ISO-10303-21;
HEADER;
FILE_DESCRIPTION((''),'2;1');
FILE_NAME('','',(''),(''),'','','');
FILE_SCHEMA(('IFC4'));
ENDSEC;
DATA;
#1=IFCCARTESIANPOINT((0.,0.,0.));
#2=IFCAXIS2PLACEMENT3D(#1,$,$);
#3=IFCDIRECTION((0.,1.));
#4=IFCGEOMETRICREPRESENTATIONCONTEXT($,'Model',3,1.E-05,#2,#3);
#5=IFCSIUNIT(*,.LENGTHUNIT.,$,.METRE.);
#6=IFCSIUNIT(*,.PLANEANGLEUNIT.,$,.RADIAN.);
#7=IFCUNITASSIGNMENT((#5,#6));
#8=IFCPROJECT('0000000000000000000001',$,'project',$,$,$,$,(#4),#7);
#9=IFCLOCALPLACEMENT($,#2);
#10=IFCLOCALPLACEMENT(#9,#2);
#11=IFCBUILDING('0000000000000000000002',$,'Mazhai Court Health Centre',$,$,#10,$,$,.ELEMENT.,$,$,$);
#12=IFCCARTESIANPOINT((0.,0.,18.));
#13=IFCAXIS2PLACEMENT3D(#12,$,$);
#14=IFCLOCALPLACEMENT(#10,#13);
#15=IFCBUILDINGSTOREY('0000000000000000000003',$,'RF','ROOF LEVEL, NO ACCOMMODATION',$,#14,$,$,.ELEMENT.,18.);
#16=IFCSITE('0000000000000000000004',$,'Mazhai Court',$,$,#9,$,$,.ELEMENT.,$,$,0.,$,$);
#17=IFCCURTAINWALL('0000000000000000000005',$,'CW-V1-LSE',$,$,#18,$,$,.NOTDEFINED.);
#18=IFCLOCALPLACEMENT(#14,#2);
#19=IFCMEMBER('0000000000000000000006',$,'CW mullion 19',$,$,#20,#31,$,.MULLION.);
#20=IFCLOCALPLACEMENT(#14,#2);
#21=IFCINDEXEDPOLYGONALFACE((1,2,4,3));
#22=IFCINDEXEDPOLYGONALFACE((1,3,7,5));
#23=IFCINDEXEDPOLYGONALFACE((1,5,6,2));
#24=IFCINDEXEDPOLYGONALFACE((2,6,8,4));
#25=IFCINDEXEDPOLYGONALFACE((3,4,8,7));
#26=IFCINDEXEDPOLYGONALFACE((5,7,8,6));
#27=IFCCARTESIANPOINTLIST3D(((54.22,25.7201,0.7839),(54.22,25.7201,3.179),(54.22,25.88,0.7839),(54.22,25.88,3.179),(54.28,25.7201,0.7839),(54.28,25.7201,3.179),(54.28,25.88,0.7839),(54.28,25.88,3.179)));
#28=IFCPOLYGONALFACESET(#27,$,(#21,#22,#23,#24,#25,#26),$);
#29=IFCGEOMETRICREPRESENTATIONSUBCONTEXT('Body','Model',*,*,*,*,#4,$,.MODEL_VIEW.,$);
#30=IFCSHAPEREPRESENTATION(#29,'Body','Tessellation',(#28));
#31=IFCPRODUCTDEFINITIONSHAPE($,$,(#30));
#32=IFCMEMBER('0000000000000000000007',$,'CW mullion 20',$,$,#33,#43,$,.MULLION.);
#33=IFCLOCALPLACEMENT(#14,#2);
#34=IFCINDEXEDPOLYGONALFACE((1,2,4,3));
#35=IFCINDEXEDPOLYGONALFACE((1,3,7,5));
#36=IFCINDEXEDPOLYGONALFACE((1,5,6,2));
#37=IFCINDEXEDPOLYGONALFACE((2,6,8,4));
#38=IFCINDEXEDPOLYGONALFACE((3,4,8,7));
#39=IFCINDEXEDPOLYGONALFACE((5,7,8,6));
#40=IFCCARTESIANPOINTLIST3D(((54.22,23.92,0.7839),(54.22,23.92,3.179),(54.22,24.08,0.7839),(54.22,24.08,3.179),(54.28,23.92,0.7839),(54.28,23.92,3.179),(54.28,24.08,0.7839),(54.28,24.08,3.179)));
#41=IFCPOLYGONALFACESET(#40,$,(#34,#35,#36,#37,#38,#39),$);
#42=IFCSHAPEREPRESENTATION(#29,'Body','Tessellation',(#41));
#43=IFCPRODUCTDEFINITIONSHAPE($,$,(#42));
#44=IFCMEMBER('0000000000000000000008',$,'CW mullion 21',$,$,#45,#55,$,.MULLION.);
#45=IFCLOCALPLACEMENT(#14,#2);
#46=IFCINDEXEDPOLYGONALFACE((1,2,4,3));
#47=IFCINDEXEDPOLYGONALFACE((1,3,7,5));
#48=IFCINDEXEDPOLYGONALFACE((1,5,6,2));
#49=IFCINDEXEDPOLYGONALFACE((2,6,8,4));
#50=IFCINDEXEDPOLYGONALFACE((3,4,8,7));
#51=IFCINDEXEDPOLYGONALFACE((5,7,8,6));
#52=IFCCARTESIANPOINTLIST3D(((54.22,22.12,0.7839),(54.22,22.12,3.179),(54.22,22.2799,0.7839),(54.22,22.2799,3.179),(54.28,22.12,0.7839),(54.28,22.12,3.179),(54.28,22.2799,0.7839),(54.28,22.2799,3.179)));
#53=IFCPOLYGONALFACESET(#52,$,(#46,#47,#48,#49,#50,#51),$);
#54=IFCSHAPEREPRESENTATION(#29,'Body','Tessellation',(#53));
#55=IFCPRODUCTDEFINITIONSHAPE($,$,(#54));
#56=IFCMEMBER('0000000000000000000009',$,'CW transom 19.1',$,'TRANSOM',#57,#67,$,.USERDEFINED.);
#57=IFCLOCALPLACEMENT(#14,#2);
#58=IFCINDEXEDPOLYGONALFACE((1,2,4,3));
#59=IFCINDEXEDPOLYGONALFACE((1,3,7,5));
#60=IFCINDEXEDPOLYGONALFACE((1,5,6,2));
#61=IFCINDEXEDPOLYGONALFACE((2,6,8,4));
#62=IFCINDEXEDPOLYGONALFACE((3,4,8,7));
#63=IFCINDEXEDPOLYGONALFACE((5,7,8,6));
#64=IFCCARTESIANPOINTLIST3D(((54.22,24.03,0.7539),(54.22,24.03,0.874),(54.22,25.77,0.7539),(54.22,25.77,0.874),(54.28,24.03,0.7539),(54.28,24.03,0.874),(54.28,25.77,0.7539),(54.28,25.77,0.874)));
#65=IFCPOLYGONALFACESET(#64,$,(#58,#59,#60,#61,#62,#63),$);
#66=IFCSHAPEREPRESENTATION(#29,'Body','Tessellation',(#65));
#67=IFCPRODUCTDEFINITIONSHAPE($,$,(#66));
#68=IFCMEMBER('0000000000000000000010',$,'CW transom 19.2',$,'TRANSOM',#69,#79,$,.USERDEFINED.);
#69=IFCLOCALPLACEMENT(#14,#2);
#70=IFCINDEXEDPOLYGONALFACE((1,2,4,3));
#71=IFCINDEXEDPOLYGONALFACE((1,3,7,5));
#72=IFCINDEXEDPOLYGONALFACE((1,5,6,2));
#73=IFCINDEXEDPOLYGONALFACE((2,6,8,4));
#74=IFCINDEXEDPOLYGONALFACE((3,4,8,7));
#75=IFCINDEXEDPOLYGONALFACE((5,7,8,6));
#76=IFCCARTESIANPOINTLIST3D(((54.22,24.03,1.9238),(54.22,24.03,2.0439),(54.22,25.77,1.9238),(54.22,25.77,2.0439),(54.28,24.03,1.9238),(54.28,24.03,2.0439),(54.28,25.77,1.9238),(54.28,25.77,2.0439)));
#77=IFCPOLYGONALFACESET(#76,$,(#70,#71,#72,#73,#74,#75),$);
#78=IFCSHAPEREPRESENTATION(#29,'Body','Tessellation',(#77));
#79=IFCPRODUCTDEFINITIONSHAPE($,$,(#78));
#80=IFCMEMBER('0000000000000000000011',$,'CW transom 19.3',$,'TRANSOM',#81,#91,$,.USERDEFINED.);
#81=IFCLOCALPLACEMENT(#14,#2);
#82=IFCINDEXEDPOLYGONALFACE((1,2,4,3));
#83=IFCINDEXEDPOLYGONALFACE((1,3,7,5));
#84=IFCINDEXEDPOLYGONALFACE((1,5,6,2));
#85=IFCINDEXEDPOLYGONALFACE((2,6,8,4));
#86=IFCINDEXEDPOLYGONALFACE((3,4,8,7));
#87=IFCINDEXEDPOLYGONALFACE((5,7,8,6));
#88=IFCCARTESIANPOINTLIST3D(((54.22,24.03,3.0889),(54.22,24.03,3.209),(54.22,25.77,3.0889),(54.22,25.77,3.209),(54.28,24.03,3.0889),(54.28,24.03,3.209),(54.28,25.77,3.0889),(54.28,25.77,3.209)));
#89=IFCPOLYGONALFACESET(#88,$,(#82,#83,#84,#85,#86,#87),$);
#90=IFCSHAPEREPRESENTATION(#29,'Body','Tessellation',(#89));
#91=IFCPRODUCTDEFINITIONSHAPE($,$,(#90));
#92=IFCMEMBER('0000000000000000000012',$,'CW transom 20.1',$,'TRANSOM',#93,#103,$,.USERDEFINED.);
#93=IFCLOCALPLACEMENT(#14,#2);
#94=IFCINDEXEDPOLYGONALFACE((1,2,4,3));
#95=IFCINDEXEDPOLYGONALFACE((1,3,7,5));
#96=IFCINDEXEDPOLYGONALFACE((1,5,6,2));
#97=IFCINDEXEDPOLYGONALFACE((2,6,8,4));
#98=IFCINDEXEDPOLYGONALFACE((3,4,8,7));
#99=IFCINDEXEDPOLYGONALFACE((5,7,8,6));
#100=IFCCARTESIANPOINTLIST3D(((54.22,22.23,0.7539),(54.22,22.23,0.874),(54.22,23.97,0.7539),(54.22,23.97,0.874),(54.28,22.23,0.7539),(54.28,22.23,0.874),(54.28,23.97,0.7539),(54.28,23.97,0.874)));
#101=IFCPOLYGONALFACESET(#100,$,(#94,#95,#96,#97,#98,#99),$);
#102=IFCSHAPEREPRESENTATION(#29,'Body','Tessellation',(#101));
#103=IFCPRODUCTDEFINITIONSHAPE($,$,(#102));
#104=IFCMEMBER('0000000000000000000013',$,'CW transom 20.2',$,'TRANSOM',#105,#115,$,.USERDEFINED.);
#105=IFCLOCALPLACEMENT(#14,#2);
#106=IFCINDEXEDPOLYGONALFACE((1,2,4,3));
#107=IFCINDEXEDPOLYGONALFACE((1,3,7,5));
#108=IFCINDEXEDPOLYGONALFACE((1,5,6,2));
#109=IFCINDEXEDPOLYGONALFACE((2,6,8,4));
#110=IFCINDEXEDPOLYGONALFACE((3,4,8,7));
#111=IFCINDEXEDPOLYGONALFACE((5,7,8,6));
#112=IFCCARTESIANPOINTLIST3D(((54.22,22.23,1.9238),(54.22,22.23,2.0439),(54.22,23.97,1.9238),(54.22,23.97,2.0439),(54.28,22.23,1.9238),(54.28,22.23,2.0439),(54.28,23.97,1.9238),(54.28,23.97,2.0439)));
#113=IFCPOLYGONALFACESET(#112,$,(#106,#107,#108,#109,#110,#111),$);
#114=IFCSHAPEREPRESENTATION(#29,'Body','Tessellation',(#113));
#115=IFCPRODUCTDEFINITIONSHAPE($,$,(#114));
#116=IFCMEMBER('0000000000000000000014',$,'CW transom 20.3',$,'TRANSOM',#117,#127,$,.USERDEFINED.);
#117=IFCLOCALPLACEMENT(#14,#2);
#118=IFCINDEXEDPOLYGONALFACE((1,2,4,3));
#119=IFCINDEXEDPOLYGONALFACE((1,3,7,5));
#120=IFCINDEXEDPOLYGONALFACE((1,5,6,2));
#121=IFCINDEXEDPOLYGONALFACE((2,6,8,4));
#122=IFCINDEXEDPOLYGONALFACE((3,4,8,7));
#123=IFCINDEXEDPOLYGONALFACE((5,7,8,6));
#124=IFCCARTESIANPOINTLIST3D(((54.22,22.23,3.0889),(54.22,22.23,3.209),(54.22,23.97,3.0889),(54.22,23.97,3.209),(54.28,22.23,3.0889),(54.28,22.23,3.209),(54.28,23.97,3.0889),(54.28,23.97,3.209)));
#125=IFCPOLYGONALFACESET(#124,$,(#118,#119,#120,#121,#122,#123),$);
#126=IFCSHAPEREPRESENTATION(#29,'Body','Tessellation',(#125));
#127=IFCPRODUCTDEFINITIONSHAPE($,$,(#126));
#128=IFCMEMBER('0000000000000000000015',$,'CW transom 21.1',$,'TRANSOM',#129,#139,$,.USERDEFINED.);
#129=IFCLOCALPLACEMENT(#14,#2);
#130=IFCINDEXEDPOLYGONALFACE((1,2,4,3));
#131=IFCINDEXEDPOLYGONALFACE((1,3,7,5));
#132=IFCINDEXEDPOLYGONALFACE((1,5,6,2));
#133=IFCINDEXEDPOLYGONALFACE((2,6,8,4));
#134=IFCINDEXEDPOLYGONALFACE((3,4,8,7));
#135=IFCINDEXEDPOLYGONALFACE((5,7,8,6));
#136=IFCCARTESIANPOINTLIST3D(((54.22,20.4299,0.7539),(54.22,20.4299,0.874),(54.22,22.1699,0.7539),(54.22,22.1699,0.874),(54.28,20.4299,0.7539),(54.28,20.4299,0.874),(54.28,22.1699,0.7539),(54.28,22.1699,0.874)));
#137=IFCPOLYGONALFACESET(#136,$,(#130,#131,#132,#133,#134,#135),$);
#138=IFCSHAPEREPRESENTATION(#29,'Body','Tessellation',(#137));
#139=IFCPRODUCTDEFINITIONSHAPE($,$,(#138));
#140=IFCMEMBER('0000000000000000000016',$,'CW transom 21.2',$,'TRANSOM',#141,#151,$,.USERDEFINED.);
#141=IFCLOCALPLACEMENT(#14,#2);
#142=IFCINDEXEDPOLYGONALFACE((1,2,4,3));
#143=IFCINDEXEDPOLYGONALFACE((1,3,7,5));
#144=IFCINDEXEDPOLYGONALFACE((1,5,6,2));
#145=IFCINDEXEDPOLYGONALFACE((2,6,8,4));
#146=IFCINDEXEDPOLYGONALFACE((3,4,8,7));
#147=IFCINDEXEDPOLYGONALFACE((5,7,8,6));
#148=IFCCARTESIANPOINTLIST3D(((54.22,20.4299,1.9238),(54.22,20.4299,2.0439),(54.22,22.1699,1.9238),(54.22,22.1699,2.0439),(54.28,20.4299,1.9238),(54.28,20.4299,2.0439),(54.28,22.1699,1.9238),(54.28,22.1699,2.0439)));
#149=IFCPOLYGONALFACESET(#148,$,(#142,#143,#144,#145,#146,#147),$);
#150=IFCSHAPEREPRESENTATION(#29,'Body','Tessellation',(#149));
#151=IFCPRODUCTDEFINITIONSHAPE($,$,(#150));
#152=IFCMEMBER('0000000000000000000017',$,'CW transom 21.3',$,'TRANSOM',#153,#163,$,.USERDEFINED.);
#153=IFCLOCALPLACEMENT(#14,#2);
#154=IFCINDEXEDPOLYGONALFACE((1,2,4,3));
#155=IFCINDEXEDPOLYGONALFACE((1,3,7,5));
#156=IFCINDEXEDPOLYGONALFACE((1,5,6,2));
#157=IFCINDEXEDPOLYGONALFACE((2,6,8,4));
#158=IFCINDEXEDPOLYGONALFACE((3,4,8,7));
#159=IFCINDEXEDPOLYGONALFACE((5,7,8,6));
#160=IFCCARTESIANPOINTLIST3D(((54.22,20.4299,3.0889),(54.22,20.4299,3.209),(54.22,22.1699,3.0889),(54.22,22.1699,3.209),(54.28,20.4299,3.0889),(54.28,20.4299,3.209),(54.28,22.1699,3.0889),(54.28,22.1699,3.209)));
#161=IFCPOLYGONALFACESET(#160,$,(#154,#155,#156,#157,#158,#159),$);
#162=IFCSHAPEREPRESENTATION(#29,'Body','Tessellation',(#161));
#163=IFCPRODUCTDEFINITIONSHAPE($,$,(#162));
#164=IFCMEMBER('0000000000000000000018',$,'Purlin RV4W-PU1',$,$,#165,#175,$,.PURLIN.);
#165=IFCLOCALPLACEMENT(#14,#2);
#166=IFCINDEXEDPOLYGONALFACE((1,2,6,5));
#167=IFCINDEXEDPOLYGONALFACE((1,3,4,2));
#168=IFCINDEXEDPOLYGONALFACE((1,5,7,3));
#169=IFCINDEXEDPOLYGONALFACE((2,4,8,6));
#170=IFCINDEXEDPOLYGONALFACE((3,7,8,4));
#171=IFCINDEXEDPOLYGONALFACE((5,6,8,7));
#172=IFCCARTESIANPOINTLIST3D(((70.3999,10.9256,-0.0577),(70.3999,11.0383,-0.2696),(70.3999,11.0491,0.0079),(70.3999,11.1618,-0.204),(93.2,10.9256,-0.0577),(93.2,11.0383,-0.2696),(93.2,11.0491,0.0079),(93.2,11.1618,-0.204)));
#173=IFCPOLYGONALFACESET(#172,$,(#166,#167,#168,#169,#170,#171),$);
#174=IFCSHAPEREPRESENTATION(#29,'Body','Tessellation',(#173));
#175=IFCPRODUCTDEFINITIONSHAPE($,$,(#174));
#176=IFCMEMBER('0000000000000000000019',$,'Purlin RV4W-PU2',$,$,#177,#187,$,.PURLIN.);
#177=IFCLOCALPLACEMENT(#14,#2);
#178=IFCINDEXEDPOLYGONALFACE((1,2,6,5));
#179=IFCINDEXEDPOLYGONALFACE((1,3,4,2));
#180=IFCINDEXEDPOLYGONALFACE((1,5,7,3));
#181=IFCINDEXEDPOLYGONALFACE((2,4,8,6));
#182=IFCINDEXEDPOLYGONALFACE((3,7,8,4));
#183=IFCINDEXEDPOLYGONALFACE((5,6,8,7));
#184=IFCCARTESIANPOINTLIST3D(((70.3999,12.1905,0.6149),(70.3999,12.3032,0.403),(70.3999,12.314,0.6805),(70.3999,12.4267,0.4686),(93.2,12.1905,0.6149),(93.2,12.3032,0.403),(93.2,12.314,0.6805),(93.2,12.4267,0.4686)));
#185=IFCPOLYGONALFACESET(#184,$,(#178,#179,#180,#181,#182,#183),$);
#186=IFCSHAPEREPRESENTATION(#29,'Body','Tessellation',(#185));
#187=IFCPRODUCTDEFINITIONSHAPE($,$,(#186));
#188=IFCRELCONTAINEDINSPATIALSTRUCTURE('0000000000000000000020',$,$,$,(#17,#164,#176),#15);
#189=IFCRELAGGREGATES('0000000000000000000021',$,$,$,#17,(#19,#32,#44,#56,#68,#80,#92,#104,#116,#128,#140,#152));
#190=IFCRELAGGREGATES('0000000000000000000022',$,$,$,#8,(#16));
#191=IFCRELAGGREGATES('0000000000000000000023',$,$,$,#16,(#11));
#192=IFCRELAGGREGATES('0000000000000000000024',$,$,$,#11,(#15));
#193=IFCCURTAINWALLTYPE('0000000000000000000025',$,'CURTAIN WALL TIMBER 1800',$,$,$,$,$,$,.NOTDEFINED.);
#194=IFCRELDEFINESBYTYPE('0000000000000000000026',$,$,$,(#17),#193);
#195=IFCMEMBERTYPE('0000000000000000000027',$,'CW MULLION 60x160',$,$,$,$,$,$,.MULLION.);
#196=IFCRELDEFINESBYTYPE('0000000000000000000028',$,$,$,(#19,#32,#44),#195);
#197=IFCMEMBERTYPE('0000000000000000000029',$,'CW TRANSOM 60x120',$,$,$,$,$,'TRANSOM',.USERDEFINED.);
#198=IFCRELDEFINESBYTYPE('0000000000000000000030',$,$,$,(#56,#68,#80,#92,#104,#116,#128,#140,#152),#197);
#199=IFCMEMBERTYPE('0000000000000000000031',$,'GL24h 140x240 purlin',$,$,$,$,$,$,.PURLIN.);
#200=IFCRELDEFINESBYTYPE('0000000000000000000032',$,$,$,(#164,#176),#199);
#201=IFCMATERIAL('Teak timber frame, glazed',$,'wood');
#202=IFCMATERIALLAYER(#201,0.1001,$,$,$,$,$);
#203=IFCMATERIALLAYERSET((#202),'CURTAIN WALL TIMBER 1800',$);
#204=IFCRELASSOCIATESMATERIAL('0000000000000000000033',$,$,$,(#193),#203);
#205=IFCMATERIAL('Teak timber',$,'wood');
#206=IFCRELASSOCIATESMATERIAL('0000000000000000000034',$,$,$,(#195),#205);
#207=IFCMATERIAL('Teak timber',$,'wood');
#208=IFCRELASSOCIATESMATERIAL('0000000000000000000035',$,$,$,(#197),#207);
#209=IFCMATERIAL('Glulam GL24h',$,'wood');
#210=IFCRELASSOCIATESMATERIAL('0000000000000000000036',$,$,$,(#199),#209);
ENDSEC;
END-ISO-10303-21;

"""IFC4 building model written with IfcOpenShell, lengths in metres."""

from ifc_helpers import new_model, si_unit, direction, frame, origin, origin_2d, place, context, subcontext, project, spatial, rectangle, extrude, material, layer, layer_set, material_profile, profile_set, type_object, element, aggregate, save


model = new_model("IFC4")

# Units and contexts
model_context = context("Model", 3, precision=1e-05, world=origin(), true_north=direction((0.0, 1.0)))
body_context = subcontext(model_context, "Body", "Model", "MODEL_VIEW")
ifc_project = project(units=[si_unit("LENGTHUNIT", "METRE"), si_unit("PLANEANGLEUNIT", "RADIAN")], contexts=[model_context])

# Site, building, storey
site_placement = place(None, origin())
site = spatial("IfcSite", under=ifc_project, at=site_placement, Name="Mazhai Court", CompositionType="ELEMENT", RefElevation=0.0)
building_placement = place(site_placement, origin())
building = spatial("IfcBuilding", under=site, at=building_placement, Name="Mazhai Court Health Centre", CompositionType="ELEMENT")
storey_placement = place(building_placement, frame((0.0, 0.0, 18.0)))
storey = spatial("IfcBuildingStorey", under=building, at=storey_placement, Name="RF", Description="ROOF LEVEL, NO ACCOMMODATION", CompositionType="ELEMENT", Elevation=18.0)

# Curtain wall, members
ifc_material_1 = material(Name="Teak timber frame, glazed", Category="wood")
ifc_layer_1 = layer(ifc_material_1, 0.1001)
ifc_layer_set_1 = layer_set([ifc_layer_1], Name="CURTAIN WALL TIMBER 1800")
curtain_wall_type = type_object("IfcCurtainWallType", Name="CURTAIN WALL TIMBER 1800", PredefinedType="NOTDEFINED", material=ifc_layer_set_1)
curtain_wall_placement = place(storey_placement, origin())
curtain_wall = element("IfcCurtainWall", 1, at=curtain_wall_placement, inside=storey, type_object=curtain_wall_type, Name="CW-V1-LSE", PredefinedType="NOTDEFINED")
ifc_material_2 = material(Name="Teak timber", Category="wood")
ifc_material_profile_1 = material_profile(ifc_material_2, rectangle(XDim=0.0601, YDim=0.1599, at=origin_2d()), Name="CW MULLION 60x160")
ifc_profile_set_1 = profile_set([ifc_material_profile_1], Name="Teak timber")
member_type_1 = type_object("IfcMemberType", Name="CW MULLION 60x160", PredefinedType="MULLION", material=ifc_profile_set_1)
member_1_placement = place(storey_placement, frame((54.25, 25.8, 0.7839), z_axis=(0.0, 0.0, 1.0), x_axis=(1.0, 0.0, 0.0)))
member_1 = element("IfcMember", 2, at=member_1_placement, type_object=member_type_1, Name="CW mullion 19", PredefinedType="MULLION", context=body_context, shape_type="SweptSolid", body=[
    extrude(rectangle(XDim=0.0601, YDim=0.1599, at=origin_2d()), origin(), (0.0, 0.0, 1.0), 2.395),
])
member_2_placement = place(storey_placement, frame((54.25, 24.0, 0.7839), z_axis=(0.0, 0.0, 1.0), x_axis=(1.0, 0.0, 0.0)))
member_2 = element("IfcMember", 3, at=member_2_placement, type_object=member_type_1, Name="CW mullion 20", PredefinedType="MULLION", context=body_context, shape_type="SweptSolid", body=[
    extrude(rectangle(XDim=0.0601, YDim=0.1599, at=origin_2d()), origin(), (0.0, 0.0, 1.0), 2.395),
])
member_3_placement = place(storey_placement, frame((54.25, 22.2, 0.7839), z_axis=(0.0, 0.0, 1.0), x_axis=(1.0, 0.0, 0.0)))
member_3 = element("IfcMember", 4, at=member_3_placement, type_object=member_type_1, Name="CW mullion 21", PredefinedType="MULLION", context=body_context, shape_type="SweptSolid", body=[
    extrude(rectangle(XDim=0.0601, YDim=0.1599, at=origin_2d()), origin(), (0.0, 0.0, 1.0), 2.395),
])
ifc_material_3 = material(Name="Teak timber", Category="wood")
ifc_material_profile_2 = material_profile(ifc_material_3, rectangle(XDim=0.0601, YDim=0.1201, at=origin_2d()), Name="CW TRANSOM 60x120")
ifc_profile_set_2 = profile_set([ifc_material_profile_2], Name="Teak timber")
member_type_2 = type_object("IfcMemberType", Name="CW TRANSOM 60x120", ElementType="TRANSOM", PredefinedType="USERDEFINED", material=ifc_profile_set_2)
member_4_placement = place(storey_placement, frame((54.25, 25.77, 0.814), z_axis=(0.0, -1.0, 0.0), x_axis=(1.0, 0.0, 0.0)))
member_4 = element("IfcMember", 5, at=member_4_placement, type_object=member_type_2, Name="CW transom 19.1", ObjectType="TRANSOM", PredefinedType="USERDEFINED", context=body_context, shape_type="SweptSolid", body=[
    extrude(rectangle(XDim=0.0601, YDim=0.1201, at=origin_2d()), origin(), (0.0, 0.0, 1.0), 1.74),
])
member_5_placement = place(storey_placement, frame((54.25, 25.77, 1.9839), z_axis=(0.0, -1.0, 0.0), x_axis=(1.0, 0.0, 0.0)))
member_5 = element("IfcMember", 6, at=member_5_placement, type_object=member_type_2, Name="CW transom 19.2", ObjectType="TRANSOM", PredefinedType="USERDEFINED", context=body_context, shape_type="SweptSolid", body=[
    extrude(rectangle(XDim=0.0601, YDim=0.1201, at=origin_2d()), origin(), (0.0, 0.0, 1.0), 1.74),
])
member_6_placement = place(storey_placement, frame((54.25, 25.77, 3.1489), z_axis=(0.0, -1.0, 0.0), x_axis=(1.0, 0.0, 0.0)))
member_6 = element("IfcMember", 7, at=member_6_placement, type_object=member_type_2, Name="CW transom 19.3", ObjectType="TRANSOM", PredefinedType="USERDEFINED", context=body_context, shape_type="SweptSolid", body=[
    extrude(rectangle(XDim=0.0601, YDim=0.1201, at=origin_2d()), origin(), (0.0, 0.0, 1.0), 1.74),
])
member_7_placement = place(storey_placement, frame((54.25, 23.97, 0.814), z_axis=(0.0, -1.0, 0.0), x_axis=(1.0, 0.0, 0.0)))
member_7 = element("IfcMember", 8, at=member_7_placement, type_object=member_type_2, Name="CW transom 20.1", ObjectType="TRANSOM", PredefinedType="USERDEFINED", context=body_context, shape_type="SweptSolid", body=[
    extrude(rectangle(XDim=0.0601, YDim=0.1201, at=origin_2d()), origin(), (0.0, 0.0, 1.0), 1.74),
])
member_8_placement = place(storey_placement, frame((54.25, 23.97, 1.9839), z_axis=(0.0, -1.0, 0.0), x_axis=(1.0, 0.0, 0.0)))
member_8 = element("IfcMember", 9, at=member_8_placement, type_object=member_type_2, Name="CW transom 20.2", ObjectType="TRANSOM", PredefinedType="USERDEFINED", context=body_context, shape_type="SweptSolid", body=[
    extrude(rectangle(XDim=0.0601, YDim=0.1201, at=origin_2d()), origin(), (0.0, 0.0, 1.0), 1.74),
])
member_9_placement = place(storey_placement, frame((54.25, 23.97, 3.1489), z_axis=(0.0, -1.0, 0.0), x_axis=(1.0, 0.0, 0.0)))
member_9 = element("IfcMember", 10, at=member_9_placement, type_object=member_type_2, Name="CW transom 20.3", ObjectType="TRANSOM", PredefinedType="USERDEFINED", context=body_context, shape_type="SweptSolid", body=[
    extrude(rectangle(XDim=0.0601, YDim=0.1201, at=origin_2d()), origin(), (0.0, 0.0, 1.0), 1.74),
])
member_10_placement = place(storey_placement, frame((54.25, 22.1699, 0.814), z_axis=(0.0, -1.0, 0.0), x_axis=(1.0, 0.0, 0.0)))
member_10 = element("IfcMember", 11, at=member_10_placement, type_object=member_type_2, Name="CW transom 21.1", ObjectType="TRANSOM", PredefinedType="USERDEFINED", context=body_context, shape_type="SweptSolid", body=[
    extrude(rectangle(XDim=0.0601, YDim=0.1201, at=origin_2d()), origin(), (0.0, 0.0, 1.0), 1.74),
])
member_11_placement = place(storey_placement, frame((54.25, 22.1699, 1.9839), z_axis=(0.0, -1.0, 0.0), x_axis=(1.0, 0.0, 0.0)))
member_11 = element("IfcMember", 12, at=member_11_placement, type_object=member_type_2, Name="CW transom 21.2", ObjectType="TRANSOM", PredefinedType="USERDEFINED", context=body_context, shape_type="SweptSolid", body=[
    extrude(rectangle(XDim=0.0601, YDim=0.1201, at=origin_2d()), origin(), (0.0, 0.0, 1.0), 1.74),
])
member_12_placement = place(storey_placement, frame((54.25, 22.1699, 3.1489), z_axis=(0.0, -1.0, 0.0), x_axis=(1.0, 0.0, 0.0)))
member_12 = element("IfcMember", 13, at=member_12_placement, type_object=member_type_2, Name="CW transom 21.3", ObjectType="TRANSOM", PredefinedType="USERDEFINED", context=body_context, shape_type="SweptSolid", body=[
    extrude(rectangle(XDim=0.0601, YDim=0.1201, at=origin_2d()), origin(), (0.0, 0.0, 1.0), 1.74),
])

# Members
ifc_material_4 = material(Name="Glulam GL24h", Category="wood")
ifc_material_profile_3 = material_profile(ifc_material_4, rectangle(XDim=0.1399, YDim=0.24, at=origin_2d()), Name="GL24h 140x240")
ifc_profile_set_3 = profile_set([ifc_material_profile_3], Name="Glulam GL24h")
member_type_3 = type_object("IfcMemberType", Name="GL24h 140x240 purlin", PredefinedType="PURLIN", material=ifc_profile_set_3)
for number, where, z_axis, x_axis, name in (
    (14, (70.3999, 11.0437, -0.1309), (1.0, 0.0, 0.0), (0.0, 0.882948, 0.469472), "Purlin RV4W-PU1"),
    (15, (70.3999, 12.3086, 0.5417), (1.0, 0.0, 0.0), (0.0, 0.882948, 0.469472), "Purlin RV4W-PU2"),
):
    element("IfcMember", number, at=place(storey_placement, frame(where, z_axis=z_axis, x_axis=x_axis)), inside=storey, type_object=member_type_3, Name=name, PredefinedType="PURLIN", context=body_context, shape_type="SweptSolid", body=[
        extrude(rectangle(XDim=0.1399, YDim=0.24, at=origin_2d()), origin(), (0.0, 0.0, 1.0), 22.8),
    ])

aggregate(curtain_wall, [member_1, member_2, member_3, member_4, member_5, member_6, member_7, member_8, member_9, member_10, member_11, member_12])

save(model, "model.ifc")
